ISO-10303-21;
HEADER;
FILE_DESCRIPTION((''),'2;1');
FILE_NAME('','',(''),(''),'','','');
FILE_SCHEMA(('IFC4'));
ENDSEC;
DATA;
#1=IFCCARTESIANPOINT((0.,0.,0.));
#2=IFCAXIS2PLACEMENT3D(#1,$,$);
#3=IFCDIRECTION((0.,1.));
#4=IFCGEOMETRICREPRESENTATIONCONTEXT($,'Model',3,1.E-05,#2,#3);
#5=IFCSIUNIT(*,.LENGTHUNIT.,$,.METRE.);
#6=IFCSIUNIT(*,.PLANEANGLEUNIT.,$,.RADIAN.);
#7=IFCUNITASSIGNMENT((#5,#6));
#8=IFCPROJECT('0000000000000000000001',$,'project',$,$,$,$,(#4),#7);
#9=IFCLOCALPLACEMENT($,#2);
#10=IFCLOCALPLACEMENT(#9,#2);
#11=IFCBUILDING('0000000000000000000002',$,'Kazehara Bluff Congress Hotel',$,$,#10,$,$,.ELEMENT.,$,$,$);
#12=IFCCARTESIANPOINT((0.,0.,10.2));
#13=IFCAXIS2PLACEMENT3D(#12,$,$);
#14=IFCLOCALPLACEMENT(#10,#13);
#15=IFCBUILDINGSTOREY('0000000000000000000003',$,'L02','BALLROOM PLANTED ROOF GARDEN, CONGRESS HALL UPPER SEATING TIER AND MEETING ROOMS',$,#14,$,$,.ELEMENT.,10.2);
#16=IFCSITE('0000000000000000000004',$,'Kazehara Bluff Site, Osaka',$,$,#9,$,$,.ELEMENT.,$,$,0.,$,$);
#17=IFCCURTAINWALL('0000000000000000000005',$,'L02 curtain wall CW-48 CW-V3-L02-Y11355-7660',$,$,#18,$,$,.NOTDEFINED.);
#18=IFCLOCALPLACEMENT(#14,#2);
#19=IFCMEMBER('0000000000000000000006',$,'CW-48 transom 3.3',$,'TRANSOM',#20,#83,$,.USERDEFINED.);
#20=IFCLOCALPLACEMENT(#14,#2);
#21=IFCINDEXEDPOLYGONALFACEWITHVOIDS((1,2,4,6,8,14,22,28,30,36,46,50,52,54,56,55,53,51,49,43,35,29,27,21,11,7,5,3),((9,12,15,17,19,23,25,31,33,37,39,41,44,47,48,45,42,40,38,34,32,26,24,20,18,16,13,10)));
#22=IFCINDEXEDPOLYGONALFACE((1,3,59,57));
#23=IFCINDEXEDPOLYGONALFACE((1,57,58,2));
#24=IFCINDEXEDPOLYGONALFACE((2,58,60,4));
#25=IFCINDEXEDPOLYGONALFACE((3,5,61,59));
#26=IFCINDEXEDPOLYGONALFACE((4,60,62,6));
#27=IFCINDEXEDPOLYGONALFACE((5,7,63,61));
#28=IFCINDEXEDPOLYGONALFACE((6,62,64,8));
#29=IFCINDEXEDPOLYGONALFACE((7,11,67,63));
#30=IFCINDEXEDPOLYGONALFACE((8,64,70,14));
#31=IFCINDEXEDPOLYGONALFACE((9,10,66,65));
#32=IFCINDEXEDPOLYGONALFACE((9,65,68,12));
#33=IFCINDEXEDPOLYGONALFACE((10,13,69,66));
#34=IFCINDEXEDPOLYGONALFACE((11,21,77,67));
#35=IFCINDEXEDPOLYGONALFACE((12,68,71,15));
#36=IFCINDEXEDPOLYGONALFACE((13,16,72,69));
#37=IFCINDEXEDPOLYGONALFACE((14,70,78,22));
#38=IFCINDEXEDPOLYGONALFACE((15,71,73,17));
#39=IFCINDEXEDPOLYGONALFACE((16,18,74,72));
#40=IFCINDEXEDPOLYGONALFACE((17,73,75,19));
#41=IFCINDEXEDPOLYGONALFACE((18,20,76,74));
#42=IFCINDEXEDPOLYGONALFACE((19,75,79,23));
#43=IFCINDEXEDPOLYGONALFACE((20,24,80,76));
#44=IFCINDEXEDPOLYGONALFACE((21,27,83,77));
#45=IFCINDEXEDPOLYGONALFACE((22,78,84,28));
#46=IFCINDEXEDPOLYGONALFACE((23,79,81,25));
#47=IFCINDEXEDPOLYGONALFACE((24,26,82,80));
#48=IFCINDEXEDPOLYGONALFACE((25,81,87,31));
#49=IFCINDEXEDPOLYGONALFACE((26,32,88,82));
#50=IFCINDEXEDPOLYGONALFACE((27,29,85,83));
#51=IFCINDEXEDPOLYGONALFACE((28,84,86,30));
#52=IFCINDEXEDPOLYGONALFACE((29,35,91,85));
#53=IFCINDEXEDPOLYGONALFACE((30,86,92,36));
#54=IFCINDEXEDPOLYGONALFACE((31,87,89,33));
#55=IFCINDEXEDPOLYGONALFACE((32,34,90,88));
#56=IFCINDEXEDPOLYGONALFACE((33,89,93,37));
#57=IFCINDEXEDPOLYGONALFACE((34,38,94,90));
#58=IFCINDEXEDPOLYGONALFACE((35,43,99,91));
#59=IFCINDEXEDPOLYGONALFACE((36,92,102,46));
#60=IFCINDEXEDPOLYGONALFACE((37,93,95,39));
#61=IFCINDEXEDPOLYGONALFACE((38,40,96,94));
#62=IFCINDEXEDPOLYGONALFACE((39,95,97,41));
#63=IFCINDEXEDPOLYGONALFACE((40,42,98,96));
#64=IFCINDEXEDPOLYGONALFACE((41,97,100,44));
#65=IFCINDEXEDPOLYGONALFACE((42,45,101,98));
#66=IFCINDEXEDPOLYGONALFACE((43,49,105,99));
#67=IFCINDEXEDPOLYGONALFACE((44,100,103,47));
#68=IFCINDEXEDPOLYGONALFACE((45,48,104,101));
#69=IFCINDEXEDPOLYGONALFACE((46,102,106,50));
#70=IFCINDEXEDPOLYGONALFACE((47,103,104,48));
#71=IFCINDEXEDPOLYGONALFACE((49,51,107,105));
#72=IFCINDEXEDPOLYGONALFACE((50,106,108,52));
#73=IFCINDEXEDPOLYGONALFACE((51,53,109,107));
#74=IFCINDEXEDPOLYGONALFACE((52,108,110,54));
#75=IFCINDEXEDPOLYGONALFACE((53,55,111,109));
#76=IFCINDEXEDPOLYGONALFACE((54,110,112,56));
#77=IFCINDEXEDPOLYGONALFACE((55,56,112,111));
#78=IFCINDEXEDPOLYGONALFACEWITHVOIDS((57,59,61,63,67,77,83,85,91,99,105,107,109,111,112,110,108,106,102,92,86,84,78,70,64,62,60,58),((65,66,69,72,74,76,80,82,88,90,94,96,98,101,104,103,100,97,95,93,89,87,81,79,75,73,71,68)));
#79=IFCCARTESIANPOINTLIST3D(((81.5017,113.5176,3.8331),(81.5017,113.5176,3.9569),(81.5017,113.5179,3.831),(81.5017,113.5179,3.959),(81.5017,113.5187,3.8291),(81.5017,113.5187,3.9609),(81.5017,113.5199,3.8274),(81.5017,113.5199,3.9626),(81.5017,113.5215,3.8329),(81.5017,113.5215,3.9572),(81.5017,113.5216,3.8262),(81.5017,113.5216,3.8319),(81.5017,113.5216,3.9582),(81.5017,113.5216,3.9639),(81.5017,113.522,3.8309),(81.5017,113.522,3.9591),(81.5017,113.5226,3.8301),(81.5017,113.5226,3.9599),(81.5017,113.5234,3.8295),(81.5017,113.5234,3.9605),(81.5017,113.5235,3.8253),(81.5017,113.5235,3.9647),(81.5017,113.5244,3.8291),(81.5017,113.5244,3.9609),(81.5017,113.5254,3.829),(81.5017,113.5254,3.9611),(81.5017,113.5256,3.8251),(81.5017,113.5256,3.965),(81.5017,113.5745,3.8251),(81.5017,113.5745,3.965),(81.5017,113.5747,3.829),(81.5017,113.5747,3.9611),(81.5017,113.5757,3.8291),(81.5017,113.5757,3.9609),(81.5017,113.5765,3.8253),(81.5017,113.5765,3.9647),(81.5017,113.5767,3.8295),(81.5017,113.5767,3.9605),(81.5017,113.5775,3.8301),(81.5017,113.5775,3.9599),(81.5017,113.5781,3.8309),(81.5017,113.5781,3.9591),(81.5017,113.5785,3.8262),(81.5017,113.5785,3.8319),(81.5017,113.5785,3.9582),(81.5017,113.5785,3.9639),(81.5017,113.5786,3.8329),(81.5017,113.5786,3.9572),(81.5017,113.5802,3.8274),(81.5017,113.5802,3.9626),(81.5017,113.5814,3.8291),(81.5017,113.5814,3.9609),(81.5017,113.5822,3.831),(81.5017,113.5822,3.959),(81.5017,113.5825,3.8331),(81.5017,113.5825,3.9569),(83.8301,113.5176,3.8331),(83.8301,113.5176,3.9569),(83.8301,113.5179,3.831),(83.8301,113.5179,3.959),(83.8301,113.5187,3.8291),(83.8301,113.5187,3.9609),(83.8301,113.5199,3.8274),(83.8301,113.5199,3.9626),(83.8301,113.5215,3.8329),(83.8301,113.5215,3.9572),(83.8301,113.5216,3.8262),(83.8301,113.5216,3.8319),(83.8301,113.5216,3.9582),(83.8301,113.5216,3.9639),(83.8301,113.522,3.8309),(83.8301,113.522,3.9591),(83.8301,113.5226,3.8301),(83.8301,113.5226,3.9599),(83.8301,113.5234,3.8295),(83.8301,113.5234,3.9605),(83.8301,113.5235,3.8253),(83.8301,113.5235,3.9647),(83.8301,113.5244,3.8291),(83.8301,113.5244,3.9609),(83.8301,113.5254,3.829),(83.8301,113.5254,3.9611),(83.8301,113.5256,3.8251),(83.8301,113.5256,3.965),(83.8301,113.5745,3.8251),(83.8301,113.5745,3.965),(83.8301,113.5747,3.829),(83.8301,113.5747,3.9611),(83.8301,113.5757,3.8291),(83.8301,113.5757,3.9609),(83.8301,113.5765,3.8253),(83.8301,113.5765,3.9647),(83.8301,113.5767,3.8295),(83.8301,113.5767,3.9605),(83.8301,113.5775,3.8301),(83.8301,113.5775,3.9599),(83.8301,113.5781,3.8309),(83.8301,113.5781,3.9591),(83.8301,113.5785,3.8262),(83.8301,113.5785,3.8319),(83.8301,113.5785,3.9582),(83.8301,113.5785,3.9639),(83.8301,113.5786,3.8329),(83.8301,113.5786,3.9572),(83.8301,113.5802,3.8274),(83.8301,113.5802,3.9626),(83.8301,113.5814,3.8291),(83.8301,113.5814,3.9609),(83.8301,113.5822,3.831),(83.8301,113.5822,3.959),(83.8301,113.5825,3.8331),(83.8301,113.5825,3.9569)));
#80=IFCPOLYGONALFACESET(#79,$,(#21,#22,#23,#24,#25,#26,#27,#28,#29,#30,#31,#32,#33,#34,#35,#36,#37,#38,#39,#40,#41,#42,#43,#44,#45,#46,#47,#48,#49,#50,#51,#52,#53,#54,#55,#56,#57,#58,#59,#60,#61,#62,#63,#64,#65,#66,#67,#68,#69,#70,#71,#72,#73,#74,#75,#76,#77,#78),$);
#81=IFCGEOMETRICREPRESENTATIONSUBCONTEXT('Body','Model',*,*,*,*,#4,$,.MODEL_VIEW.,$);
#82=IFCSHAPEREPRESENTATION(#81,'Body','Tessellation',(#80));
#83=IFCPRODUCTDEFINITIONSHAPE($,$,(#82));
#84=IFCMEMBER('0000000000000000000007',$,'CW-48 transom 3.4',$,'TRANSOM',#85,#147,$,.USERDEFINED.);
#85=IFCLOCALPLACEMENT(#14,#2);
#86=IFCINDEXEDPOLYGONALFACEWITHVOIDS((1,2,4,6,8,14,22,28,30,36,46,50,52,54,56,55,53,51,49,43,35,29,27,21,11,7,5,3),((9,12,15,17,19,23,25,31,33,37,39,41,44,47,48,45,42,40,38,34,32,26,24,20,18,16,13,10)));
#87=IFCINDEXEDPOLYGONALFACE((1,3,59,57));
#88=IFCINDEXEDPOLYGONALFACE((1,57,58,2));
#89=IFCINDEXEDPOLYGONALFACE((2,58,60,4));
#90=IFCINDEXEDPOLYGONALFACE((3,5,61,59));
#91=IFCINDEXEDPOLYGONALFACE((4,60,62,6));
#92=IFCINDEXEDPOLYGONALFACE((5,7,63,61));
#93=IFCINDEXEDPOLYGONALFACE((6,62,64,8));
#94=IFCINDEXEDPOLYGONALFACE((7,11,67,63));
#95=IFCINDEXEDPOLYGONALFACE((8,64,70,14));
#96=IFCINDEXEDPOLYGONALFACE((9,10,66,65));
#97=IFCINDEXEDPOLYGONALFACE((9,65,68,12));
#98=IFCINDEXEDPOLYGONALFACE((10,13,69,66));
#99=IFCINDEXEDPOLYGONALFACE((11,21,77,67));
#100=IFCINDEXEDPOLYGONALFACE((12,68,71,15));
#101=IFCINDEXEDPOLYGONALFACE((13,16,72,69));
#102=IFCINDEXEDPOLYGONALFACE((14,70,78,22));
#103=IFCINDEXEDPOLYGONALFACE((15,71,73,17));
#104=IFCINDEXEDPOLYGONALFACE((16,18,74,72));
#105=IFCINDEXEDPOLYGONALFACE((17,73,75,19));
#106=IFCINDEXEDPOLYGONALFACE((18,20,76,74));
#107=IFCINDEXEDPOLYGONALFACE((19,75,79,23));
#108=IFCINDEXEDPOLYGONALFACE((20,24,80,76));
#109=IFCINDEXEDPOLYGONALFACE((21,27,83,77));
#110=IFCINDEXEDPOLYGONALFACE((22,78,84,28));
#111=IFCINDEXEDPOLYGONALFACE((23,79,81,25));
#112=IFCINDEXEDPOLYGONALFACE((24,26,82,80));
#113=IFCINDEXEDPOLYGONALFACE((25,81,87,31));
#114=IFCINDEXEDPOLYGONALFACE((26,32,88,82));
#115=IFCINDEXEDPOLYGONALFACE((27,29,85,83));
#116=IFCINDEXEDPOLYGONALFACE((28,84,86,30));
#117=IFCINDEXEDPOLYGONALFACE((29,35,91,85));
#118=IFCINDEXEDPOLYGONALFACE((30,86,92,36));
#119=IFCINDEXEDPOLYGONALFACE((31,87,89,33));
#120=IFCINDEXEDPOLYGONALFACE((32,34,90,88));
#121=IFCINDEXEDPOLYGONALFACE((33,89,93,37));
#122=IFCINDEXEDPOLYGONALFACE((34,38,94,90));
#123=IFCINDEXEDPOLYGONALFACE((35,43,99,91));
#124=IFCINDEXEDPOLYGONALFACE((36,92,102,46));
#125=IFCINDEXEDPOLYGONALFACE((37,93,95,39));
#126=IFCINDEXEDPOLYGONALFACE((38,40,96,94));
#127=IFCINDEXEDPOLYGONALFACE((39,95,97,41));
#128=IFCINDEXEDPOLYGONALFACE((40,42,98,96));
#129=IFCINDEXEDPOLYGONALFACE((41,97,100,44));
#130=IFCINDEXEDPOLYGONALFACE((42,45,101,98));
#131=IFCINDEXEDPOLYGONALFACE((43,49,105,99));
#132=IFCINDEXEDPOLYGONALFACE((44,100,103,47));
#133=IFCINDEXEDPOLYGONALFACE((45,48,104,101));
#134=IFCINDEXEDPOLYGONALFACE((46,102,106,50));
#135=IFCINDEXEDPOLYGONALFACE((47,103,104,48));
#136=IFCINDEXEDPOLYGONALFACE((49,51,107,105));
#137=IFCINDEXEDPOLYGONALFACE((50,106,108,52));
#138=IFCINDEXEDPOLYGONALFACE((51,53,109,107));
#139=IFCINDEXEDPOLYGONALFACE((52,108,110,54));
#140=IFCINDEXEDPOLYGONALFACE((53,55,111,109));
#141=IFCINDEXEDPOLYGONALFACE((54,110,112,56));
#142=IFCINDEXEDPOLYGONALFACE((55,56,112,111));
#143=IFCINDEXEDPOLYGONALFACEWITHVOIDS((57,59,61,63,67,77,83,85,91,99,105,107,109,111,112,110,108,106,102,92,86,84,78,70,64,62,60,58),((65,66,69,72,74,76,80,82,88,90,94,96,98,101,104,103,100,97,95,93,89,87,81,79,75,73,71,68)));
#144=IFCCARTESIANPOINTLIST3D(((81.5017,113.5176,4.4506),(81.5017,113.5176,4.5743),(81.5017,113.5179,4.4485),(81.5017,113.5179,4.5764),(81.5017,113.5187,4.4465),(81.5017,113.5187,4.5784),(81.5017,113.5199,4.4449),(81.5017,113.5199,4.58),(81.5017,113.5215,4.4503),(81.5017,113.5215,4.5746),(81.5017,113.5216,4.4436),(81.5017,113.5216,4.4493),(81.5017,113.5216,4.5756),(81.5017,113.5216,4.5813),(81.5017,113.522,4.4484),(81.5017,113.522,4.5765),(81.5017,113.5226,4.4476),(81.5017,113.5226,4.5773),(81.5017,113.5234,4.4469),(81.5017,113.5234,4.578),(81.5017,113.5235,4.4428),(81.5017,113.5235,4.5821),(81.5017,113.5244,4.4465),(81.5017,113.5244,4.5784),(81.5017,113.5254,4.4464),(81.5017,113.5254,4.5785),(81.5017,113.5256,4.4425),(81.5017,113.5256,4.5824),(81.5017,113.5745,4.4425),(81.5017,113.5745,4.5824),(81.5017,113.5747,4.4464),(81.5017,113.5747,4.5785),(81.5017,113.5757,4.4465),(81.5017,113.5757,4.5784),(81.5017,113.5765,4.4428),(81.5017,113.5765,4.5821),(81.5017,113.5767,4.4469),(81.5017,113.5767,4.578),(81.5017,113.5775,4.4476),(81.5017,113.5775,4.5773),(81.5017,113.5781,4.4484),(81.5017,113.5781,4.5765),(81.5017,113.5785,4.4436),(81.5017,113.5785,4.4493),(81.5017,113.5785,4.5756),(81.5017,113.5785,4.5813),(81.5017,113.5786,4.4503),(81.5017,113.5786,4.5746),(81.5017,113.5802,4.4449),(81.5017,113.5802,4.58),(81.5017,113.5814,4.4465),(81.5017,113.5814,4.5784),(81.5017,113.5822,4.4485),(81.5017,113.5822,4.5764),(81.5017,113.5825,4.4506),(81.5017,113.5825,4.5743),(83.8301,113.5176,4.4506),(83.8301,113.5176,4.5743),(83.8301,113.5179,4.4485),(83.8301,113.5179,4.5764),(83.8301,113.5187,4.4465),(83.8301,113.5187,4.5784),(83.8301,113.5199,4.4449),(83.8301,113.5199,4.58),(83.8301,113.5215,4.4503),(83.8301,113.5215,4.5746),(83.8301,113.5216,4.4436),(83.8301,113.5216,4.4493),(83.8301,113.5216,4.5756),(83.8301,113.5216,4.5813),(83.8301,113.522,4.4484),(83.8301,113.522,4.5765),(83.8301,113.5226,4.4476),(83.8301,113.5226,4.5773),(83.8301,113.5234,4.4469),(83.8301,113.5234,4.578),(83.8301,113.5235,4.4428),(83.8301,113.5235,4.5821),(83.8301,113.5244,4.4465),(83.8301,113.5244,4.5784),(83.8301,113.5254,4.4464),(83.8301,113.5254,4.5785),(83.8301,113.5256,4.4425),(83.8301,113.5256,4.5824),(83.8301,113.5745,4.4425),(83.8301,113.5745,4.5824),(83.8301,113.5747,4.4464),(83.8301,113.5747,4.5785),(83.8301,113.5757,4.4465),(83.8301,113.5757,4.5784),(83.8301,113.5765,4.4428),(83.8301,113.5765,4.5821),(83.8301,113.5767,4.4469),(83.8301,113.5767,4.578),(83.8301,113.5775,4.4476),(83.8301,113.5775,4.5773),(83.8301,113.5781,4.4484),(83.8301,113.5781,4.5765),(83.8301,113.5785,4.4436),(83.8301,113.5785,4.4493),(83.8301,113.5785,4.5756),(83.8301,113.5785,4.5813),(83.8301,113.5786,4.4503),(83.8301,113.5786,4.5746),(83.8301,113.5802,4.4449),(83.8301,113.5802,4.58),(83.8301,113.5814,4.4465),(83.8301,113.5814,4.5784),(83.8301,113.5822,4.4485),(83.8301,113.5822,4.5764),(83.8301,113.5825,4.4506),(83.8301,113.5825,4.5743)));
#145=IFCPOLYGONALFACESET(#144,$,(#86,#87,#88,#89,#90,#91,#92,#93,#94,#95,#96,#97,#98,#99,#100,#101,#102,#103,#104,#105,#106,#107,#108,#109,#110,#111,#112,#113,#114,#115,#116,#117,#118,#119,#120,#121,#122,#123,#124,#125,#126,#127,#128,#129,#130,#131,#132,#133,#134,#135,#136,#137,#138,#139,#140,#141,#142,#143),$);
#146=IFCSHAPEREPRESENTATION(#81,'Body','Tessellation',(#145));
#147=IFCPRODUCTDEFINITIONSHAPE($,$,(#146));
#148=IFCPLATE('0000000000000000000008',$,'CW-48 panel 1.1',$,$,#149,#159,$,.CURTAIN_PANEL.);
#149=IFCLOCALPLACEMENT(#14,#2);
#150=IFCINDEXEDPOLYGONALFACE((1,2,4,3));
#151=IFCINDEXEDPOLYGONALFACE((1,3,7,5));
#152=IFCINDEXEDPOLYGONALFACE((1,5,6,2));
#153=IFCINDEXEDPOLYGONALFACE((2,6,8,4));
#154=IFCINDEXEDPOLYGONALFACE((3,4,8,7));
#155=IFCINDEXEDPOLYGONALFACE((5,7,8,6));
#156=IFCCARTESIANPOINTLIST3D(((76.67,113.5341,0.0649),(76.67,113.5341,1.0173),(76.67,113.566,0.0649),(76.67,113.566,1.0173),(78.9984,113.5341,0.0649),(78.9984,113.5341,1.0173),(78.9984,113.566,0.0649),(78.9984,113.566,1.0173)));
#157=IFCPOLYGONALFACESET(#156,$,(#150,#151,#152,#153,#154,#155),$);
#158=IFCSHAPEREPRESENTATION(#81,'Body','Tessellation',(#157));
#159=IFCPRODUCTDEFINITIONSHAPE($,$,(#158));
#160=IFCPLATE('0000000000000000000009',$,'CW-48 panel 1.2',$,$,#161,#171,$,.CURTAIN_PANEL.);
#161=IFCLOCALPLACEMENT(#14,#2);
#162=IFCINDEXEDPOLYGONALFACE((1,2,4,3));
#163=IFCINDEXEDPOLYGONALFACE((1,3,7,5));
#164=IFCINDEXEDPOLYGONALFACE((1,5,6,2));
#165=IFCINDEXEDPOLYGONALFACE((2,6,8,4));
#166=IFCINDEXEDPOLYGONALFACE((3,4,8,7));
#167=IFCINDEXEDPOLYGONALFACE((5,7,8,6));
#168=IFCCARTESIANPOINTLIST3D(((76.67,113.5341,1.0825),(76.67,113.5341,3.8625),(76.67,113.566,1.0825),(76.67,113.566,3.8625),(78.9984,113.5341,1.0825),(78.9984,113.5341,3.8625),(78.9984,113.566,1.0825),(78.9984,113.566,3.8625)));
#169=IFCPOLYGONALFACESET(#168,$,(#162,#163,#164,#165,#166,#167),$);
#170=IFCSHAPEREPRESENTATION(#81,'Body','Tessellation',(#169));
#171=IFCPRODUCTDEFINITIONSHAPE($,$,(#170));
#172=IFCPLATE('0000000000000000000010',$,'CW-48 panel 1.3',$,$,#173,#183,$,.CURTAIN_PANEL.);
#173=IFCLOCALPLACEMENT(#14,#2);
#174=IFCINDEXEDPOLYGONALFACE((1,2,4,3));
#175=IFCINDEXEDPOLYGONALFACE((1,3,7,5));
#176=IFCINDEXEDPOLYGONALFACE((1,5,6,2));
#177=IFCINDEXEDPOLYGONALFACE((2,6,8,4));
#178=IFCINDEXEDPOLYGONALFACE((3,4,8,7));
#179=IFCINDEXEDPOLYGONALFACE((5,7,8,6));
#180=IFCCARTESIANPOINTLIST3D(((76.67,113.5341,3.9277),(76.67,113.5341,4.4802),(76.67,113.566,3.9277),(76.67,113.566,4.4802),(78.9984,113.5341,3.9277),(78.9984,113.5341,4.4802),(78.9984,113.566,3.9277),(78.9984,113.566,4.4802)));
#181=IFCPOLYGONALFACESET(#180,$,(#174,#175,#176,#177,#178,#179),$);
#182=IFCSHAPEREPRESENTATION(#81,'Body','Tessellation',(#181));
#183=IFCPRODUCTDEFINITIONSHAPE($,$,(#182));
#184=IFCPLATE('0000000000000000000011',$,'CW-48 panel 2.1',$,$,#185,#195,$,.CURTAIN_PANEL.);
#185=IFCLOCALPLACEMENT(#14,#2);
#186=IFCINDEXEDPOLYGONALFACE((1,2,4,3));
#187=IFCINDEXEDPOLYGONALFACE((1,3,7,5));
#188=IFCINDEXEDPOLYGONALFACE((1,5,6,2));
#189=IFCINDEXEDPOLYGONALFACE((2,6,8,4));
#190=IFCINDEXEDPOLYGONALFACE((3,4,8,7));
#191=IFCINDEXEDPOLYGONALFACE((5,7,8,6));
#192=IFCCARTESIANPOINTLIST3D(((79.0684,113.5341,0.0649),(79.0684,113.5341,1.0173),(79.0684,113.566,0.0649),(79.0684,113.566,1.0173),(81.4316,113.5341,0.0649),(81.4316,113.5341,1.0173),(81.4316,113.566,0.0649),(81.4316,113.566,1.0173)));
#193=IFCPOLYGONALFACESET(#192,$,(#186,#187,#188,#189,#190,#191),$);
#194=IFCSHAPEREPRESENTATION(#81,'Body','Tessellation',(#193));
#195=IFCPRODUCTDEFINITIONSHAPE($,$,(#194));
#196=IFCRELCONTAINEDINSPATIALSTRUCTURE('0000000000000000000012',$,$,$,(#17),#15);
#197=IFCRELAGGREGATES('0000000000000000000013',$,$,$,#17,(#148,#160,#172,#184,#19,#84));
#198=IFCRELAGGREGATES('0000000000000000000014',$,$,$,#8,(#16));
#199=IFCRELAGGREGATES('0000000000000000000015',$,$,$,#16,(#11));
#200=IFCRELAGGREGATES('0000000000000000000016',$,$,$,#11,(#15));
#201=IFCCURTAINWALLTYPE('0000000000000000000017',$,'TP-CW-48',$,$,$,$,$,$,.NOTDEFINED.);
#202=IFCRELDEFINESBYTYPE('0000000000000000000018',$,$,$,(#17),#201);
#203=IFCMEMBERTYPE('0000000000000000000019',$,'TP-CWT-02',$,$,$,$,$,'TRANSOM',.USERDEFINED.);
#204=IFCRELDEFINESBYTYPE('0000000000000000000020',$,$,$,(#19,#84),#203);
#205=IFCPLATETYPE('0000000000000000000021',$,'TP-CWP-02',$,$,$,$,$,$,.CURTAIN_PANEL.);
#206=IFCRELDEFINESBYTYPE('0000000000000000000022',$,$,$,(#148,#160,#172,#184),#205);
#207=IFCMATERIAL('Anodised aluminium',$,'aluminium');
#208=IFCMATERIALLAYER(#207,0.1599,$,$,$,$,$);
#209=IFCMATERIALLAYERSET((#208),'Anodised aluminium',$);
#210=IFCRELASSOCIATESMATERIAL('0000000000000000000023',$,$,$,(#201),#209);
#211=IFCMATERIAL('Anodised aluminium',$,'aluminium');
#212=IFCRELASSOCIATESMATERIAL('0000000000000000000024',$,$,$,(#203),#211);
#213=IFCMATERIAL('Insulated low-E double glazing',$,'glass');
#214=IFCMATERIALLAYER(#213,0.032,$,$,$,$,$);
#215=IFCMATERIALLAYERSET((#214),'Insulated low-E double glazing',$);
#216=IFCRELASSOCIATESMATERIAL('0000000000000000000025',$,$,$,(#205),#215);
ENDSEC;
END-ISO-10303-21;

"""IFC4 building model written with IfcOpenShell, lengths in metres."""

from ifc_helpers import new_model, si_unit, direction, frame, origin, origin_2d, place, context, subcontext, project, spatial, rectangle, hollow_rectangle, extrude, material, layer, layer_set, material_profile, profile_set, type_object, element, aggregate, save


model = new_model("IFC4")

# Units and contexts
model_context = context("Model", 3, precision=1e-05, world=origin(), true_north=direction((0.0, 1.0)))
body_context = subcontext(model_context, "Body", "Model", "MODEL_VIEW")
ifc_project = project(units=[si_unit("LENGTHUNIT", "METRE"), si_unit("PLANEANGLEUNIT", "RADIAN")], contexts=[model_context])

# Site, building, storey
site_placement = place(None, origin())
site = spatial("IfcSite", under=ifc_project, at=site_placement, Name="Kazehara Bluff Site, Osaka", CompositionType="ELEMENT", RefElevation=0.0)
building_placement = place(site_placement, origin())
building = spatial("IfcBuilding", under=site, at=building_placement, Name="Kazehara Bluff Congress Hotel", CompositionType="ELEMENT")
storey_placement = place(building_placement, frame((0.0, 0.0, 10.2)))
storey = spatial("IfcBuildingStorey", under=building, at=storey_placement, Name="L02", Description="BALLROOM PLANTED ROOF GARDEN, CONGRESS HALL UPPER SEATING TIER AND MEETING ROOMS", CompositionType="ELEMENT", Elevation=10.2)

# Curtain wall, members, plates
ifc_material_1 = material(Name="Anodised aluminium", Category="aluminium")
ifc_layer_1 = layer(ifc_material_1, 0.1599)
ifc_layer_set_1 = layer_set([ifc_layer_1], Name="Anodised aluminium")
curtain_wall_type = type_object("IfcCurtainWallType", Name="TP-CW-48", PredefinedType="NOTDEFINED", material=ifc_layer_set_1)
curtain_wall_placement = place(storey_placement, origin())
curtain_wall = element("IfcCurtainWall", 1, at=curtain_wall_placement, inside=storey, type_object=curtain_wall_type, Name="L02 curtain wall CW-48 CW-V3-L02-Y11355-7660", PredefinedType="NOTDEFINED")
ifc_material_2 = material(Name="Anodised aluminium", Category="aluminium")
ifc_material_profile_1 = material_profile(ifc_material_2, hollow_rectangle(XDim=0.0649, YDim=0.1399, WallThickness=0.0039, InnerFilletRadius=0.0039, OuterFilletRadius=0.0081, at=origin_2d()))
ifc_profile_set_1 = profile_set([ifc_material_profile_1], Name="Anodised aluminium")
member_type_1 = type_object("IfcMemberType", Name="TP-CWT-02", ElementType="TRANSOM", PredefinedType="USERDEFINED", material=ifc_profile_set_1)
member_1_placement = place(storey_placement, frame((81.5017, 113.55, 3.895), z_axis=(1.0, 0.0, 0.0), x_axis=(0.0, 1.0, 0.0)))
member_1 = element("IfcMember", 2, at=member_1_placement, type_object=member_type_1, Name="CW-48 transom 3.3", ObjectType="TRANSOM", PredefinedType="USERDEFINED", context=body_context, shape_type="SweptSolid", body=[
    extrude(hollow_rectangle(XDim=0.0649, YDim=0.1399, WallThickness=0.0039, InnerFilletRadius=0.0039, OuterFilletRadius=0.0081, at=origin_2d()), origin(), (0.0, 0.0, 1.0), 2.3284),
])
member_2_placement = place(storey_placement, frame((81.5017, 113.55, 4.5125), z_axis=(1.0, 0.0, 0.0), x_axis=(0.0, 1.0, 0.0)))
member_2 = element("IfcMember", 3, at=member_2_placement, type_object=member_type_1, Name="CW-48 transom 3.4", ObjectType="TRANSOM", PredefinedType="USERDEFINED", context=body_context, shape_type="SweptSolid", body=[
    extrude(hollow_rectangle(XDim=0.0649, YDim=0.1399, WallThickness=0.0039, InnerFilletRadius=0.0039, OuterFilletRadius=0.0081, at=origin_2d()), origin(), (0.0, 0.0, 1.0), 2.3284),
])
ifc_material_3 = material(Name="Insulated low-E double glazing", Category="glass")
ifc_layer_2 = layer(ifc_material_3, 0.032)
ifc_layer_set_2 = layer_set([ifc_layer_2], Name="Insulated low-E double glazing")
plate_type = type_object("IfcPlateType", Name="TP-CWP-02", PredefinedType="CURTAIN_PANEL", material=ifc_layer_set_2)
plate_1_placement = place(storey_placement, frame((77.8342, 113.55, 0.0649), z_axis=(0.0, 0.0, 1.0), x_axis=(1.0, 0.0, 0.0)))
plate_1 = element("IfcPlate", 4, at=plate_1_placement, type_object=plate_type, Name="CW-48 panel 1.1", PredefinedType="CURTAIN_PANEL", context=body_context, shape_type="SweptSolid", body=[
    extrude(rectangle(XDim=2.3284, YDim=0.032, at=origin_2d()), origin(), (0.0, 0.0, 1.0), 0.9524),
])
plate_2_placement = place(storey_placement, frame((77.8342, 113.55, 1.0825), z_axis=(0.0, 0.0, 1.0), x_axis=(1.0, 0.0, 0.0)))
plate_2 = element("IfcPlate", 5, at=plate_2_placement, type_object=plate_type, Name="CW-48 panel 1.2", PredefinedType="CURTAIN_PANEL", context=body_context, shape_type="SweptSolid", body=[
    extrude(rectangle(XDim=2.3284, YDim=0.032, at=origin_2d()), origin(), (0.0, 0.0, 1.0), 2.78),
])
plate_3_placement = place(storey_placement, frame((77.8342, 113.55, 3.9277), z_axis=(0.0, 0.0, 1.0), x_axis=(1.0, 0.0, 0.0)))
plate_3 = element("IfcPlate", 6, at=plate_3_placement, type_object=plate_type, Name="CW-48 panel 1.3", PredefinedType="CURTAIN_PANEL", context=body_context, shape_type="SweptSolid", body=[
    extrude(rectangle(XDim=2.3284, YDim=0.032, at=origin_2d()), origin(), (0.0, 0.0, 1.0), 0.5525),
])
plate_4_placement = place(storey_placement, frame((80.25, 113.55, 0.0649), z_axis=(0.0, 0.0, 1.0), x_axis=(1.0, 0.0, 0.0)))
plate_4 = element("IfcPlate", 7, at=plate_4_placement, type_object=plate_type, Name="CW-48 panel 2.1", PredefinedType="CURTAIN_PANEL", context=body_context, shape_type="SweptSolid", body=[
    extrude(rectangle(XDim=2.3633, YDim=0.032, at=origin_2d()), origin(), (0.0, 0.0, 1.0), 0.9524),
])
aggregate(curtain_wall, [plate_1, plate_2, plate_3, plate_4, member_1, member_2])

save(model, "model.ifc")
